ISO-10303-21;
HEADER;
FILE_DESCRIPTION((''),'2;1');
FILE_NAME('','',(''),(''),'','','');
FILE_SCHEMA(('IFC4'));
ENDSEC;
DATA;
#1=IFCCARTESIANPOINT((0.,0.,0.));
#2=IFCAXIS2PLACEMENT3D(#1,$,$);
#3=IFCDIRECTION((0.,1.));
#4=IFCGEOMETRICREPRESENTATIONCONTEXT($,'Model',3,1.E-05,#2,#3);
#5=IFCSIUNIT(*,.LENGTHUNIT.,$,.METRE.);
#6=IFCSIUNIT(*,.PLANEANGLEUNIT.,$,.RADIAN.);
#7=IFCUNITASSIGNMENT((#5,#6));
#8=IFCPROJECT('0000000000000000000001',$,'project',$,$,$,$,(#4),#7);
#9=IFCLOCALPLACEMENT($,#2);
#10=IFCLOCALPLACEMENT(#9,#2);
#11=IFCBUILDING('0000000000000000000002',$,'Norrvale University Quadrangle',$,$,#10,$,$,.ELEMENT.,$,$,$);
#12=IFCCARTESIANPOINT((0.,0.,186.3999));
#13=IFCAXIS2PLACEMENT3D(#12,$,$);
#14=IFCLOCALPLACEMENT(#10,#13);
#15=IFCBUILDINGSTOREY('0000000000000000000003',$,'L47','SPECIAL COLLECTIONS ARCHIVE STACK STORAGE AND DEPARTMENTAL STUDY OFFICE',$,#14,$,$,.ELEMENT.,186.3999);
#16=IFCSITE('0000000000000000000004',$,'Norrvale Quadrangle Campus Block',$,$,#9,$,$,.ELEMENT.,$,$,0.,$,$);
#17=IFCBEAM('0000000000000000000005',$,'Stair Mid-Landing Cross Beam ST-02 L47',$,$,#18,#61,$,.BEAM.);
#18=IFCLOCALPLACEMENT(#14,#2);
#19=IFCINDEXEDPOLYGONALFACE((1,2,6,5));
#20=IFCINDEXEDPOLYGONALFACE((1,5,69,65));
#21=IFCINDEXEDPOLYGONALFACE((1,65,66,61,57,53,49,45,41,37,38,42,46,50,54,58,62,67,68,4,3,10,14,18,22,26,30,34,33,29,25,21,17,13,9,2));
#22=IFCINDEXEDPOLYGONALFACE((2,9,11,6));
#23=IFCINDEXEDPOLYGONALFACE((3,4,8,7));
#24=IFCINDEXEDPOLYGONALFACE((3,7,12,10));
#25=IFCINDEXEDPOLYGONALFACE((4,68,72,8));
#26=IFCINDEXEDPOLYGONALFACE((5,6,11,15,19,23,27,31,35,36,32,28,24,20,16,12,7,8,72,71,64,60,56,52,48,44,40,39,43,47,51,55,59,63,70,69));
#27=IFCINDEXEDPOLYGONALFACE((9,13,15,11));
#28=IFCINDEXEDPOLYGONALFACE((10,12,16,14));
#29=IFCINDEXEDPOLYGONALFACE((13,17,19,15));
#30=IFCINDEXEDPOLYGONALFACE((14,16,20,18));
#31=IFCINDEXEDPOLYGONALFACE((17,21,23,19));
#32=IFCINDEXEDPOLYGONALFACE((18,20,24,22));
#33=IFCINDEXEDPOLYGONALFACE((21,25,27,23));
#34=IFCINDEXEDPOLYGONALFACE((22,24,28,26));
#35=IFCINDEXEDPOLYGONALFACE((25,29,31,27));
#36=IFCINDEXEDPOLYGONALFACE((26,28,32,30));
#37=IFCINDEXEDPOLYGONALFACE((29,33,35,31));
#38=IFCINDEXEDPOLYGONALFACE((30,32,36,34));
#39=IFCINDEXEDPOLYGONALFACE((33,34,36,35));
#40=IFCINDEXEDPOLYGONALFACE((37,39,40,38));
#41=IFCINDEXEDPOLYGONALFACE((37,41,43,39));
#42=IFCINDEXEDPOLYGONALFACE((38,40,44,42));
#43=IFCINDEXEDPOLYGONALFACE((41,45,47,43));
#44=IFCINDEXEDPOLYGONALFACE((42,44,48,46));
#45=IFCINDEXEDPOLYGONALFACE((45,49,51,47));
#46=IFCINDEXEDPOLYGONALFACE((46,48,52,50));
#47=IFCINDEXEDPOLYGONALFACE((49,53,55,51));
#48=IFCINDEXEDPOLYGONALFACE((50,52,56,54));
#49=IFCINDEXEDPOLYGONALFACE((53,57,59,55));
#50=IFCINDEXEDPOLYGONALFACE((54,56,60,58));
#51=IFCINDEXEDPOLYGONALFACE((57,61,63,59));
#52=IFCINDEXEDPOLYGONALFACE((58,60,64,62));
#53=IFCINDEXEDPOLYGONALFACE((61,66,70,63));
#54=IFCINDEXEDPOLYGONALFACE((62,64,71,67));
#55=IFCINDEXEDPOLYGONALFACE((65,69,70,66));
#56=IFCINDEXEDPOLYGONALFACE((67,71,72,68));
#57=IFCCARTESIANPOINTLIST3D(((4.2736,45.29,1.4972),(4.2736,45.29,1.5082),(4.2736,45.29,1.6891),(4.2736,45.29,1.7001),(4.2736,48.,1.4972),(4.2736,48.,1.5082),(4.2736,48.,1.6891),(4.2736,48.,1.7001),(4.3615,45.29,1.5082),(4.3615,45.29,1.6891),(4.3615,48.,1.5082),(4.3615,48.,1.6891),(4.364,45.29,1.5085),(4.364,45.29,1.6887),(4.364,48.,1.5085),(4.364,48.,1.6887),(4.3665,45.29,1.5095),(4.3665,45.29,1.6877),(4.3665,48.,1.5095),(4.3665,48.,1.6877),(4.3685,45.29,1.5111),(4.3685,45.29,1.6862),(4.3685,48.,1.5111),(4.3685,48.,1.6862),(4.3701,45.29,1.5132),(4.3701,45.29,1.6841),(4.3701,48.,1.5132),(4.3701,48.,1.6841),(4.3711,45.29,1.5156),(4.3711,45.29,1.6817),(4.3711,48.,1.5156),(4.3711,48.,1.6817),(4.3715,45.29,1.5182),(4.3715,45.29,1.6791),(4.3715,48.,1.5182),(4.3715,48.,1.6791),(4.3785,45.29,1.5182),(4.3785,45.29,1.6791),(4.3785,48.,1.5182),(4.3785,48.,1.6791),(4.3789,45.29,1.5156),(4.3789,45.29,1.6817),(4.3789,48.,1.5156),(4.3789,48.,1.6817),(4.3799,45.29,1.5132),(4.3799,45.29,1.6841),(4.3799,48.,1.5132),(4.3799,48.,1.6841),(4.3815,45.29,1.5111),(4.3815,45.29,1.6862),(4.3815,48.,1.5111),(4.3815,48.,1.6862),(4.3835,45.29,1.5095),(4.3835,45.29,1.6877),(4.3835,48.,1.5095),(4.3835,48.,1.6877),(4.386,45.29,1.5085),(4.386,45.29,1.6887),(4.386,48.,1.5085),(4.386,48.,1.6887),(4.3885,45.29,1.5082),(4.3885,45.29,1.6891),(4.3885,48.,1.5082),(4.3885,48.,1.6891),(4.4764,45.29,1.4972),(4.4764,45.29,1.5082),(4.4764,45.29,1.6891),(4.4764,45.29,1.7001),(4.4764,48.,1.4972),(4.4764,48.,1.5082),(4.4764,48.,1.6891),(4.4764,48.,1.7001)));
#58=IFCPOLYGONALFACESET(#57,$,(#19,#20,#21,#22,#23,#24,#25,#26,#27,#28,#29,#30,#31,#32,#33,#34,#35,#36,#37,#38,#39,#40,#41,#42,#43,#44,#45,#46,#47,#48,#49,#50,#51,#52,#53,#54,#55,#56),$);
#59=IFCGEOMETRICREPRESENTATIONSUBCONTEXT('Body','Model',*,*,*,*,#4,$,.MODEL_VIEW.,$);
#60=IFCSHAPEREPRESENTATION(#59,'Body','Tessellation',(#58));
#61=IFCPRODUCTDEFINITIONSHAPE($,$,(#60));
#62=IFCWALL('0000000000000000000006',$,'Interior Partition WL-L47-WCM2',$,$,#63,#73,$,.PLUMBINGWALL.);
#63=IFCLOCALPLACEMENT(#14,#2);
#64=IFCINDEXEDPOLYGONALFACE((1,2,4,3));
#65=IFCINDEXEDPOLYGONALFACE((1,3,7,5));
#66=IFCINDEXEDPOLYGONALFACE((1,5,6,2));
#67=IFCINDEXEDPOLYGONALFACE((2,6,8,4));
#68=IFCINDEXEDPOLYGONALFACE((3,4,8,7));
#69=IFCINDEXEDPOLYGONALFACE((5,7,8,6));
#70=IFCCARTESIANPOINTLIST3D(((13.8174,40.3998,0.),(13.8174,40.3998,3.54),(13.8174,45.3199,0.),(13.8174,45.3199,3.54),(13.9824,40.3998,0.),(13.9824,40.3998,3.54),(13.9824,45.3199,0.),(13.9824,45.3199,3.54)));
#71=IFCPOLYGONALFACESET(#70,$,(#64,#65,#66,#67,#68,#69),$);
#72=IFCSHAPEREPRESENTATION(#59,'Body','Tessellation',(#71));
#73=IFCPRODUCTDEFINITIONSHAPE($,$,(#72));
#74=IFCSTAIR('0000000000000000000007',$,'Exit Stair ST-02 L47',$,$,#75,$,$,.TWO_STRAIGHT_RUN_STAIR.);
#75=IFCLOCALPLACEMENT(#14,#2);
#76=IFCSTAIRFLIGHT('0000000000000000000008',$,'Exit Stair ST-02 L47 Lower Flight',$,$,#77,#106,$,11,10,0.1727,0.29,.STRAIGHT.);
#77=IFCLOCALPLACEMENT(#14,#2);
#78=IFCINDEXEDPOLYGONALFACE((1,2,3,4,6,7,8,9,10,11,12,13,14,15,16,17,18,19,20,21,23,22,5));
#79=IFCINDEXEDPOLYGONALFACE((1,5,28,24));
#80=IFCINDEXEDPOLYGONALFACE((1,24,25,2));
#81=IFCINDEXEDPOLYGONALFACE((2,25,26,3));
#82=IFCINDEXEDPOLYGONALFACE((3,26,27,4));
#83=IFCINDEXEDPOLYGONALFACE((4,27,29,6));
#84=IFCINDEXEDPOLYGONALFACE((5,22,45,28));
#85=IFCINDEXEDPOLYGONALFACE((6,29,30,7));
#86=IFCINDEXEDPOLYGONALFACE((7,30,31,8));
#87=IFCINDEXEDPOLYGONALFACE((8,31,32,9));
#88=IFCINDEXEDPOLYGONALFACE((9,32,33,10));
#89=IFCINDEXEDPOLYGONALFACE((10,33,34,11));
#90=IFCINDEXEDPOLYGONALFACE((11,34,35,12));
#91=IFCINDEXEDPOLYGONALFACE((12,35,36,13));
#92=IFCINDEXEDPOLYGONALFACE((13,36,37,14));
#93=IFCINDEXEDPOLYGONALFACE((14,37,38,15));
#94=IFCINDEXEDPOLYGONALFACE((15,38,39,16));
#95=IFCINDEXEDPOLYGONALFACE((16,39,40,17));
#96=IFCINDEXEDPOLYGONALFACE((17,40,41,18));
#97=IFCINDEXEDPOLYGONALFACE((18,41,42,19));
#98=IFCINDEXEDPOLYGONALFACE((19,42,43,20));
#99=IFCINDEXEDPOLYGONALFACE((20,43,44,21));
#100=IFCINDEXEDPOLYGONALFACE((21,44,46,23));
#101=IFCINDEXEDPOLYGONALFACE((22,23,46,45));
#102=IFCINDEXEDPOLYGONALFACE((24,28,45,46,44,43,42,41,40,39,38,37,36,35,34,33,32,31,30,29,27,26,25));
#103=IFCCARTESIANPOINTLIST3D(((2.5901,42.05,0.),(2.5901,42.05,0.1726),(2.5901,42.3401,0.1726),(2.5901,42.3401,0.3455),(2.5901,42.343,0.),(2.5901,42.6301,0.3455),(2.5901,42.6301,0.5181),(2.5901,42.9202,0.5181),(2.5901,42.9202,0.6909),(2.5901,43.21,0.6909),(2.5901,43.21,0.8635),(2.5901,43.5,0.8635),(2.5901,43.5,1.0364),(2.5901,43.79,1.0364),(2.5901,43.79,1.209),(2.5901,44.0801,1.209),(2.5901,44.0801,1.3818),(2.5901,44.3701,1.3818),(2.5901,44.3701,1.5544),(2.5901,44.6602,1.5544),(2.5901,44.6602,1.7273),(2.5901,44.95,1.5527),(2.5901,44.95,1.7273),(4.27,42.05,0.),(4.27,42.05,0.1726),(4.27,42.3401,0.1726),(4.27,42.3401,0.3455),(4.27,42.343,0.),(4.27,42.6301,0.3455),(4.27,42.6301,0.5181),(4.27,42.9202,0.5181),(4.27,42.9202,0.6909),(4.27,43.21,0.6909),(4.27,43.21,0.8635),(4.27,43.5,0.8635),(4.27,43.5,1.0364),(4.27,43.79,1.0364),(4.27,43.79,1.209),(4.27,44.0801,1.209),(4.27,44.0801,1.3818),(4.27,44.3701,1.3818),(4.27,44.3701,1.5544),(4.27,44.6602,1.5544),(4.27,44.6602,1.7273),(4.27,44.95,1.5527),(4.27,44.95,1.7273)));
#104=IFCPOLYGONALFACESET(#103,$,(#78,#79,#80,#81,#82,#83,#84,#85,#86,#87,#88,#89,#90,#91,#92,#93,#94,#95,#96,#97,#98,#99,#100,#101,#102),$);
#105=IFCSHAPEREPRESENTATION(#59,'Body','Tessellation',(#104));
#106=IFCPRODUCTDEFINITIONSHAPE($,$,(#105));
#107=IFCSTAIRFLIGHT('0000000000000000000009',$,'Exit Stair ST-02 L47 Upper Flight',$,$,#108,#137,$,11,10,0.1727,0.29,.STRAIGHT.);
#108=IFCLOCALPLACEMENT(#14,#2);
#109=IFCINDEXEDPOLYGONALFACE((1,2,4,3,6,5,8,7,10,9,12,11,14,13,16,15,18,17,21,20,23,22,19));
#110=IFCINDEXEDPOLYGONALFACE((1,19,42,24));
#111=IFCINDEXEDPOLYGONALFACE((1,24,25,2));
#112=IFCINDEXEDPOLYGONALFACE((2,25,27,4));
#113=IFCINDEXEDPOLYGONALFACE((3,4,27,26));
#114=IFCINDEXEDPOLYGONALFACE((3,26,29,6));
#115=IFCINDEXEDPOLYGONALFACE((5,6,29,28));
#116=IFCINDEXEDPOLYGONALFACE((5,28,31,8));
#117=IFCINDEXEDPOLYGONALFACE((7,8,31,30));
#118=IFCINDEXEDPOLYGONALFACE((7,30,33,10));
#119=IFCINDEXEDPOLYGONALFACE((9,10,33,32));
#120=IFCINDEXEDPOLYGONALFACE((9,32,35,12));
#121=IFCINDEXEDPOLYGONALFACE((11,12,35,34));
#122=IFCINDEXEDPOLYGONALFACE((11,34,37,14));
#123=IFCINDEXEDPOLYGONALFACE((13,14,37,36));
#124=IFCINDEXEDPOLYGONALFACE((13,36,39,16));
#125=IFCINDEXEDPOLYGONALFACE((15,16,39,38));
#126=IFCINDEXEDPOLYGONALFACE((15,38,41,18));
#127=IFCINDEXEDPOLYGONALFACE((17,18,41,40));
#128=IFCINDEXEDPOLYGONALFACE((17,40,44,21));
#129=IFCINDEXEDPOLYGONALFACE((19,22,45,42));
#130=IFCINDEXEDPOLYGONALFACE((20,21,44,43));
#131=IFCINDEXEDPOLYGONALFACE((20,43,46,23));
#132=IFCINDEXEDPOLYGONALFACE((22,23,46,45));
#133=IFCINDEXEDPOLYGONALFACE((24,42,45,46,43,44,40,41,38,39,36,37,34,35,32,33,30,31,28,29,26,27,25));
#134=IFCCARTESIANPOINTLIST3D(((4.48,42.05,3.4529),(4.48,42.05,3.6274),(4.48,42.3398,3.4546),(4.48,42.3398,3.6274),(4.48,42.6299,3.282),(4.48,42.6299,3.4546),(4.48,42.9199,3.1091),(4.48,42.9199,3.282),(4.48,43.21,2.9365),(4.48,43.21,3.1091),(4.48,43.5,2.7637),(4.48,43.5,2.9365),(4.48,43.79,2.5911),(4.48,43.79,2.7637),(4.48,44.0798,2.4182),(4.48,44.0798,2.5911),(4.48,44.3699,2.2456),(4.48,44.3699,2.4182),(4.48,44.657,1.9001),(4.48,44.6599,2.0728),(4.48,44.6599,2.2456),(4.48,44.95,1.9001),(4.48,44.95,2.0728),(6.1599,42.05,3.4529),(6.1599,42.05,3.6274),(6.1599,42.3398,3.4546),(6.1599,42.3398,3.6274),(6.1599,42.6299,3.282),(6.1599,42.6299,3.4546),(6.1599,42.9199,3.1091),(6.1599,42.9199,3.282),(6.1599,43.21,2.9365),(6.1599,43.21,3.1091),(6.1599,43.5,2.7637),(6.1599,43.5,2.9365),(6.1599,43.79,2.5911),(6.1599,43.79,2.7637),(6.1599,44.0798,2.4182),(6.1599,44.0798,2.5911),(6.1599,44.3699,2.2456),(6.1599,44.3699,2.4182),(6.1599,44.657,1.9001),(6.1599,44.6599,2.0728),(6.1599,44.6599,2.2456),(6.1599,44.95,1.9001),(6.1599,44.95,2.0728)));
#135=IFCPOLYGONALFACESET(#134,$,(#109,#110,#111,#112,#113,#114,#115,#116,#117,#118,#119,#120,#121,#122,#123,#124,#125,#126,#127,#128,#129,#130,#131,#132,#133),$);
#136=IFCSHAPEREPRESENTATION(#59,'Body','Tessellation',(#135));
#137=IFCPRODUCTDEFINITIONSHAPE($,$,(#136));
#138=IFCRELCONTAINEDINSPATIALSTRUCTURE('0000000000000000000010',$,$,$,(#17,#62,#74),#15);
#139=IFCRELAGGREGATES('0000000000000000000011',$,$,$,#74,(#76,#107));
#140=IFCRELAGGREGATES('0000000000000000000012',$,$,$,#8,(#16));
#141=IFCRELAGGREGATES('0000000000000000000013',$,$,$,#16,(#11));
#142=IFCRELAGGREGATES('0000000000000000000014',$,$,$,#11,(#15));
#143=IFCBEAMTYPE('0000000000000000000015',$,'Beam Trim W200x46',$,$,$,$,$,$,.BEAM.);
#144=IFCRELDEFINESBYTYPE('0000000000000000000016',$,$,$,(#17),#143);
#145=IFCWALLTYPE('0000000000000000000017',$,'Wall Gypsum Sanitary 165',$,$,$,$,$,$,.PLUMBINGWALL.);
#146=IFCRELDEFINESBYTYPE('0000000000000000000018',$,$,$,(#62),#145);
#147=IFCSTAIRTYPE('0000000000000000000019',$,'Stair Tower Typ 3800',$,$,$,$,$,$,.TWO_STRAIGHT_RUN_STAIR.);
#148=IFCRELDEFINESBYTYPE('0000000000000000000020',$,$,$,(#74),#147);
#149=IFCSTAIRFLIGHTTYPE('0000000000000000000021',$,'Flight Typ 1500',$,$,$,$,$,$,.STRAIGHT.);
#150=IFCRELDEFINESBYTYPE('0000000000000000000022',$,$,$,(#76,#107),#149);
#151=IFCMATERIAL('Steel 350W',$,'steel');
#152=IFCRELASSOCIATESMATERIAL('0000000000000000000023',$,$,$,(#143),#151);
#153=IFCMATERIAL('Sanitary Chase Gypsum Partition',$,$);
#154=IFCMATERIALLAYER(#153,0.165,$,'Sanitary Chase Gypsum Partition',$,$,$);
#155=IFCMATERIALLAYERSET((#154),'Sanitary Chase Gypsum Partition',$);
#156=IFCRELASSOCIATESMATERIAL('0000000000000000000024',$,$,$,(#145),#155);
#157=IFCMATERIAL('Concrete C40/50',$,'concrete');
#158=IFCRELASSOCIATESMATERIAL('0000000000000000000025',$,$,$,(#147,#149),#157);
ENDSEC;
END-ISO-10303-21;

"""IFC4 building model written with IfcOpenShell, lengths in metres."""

from ifc_helpers import new_model, si_unit, direction, frame, frame_2d, origin, origin_2d, place, context, subcontext, project, spatial, polyline, rectangle, i_section, outline, extrude, material, layer, layer_set, material_profile, profile_set, type_object, element, aggregate, save


model = new_model("IFC4")

# Units and contexts
model_context = context("Model", 3, precision=1e-05, world=origin(), true_north=direction((0.0, 1.0)))
body_context = subcontext(model_context, "Body", "Model", "MODEL_VIEW")
ifc_project = project(units=[si_unit("LENGTHUNIT", "METRE"), si_unit("PLANEANGLEUNIT", "RADIAN")], contexts=[model_context])

# Site, building, storey
site_placement = place(None, origin())
site = spatial("IfcSite", under=ifc_project, at=site_placement, Name="Norrvale Quadrangle Campus Block", CompositionType="ELEMENT", RefElevation=0.0)
building_placement = place(site_placement, origin())
building = spatial("IfcBuilding", under=site, at=building_placement, Name="Norrvale University Quadrangle", CompositionType="ELEMENT")
storey_placement = place(building_placement, frame((0.0, 0.0, 186.3999)))
storey = spatial("IfcBuildingStorey", under=building, at=storey_placement, Name="L47", Description="SPECIAL COLLECTIONS ARCHIVE STACK STORAGE AND DEPARTMENTAL STUDY OFFICE", CompositionType="ELEMENT", Elevation=186.3999)

# Beam
ifc_material_1 = material(Name="Steel 350W", Category="steel")
ifc_material_profile_1 = material_profile(ifc_material_1, i_section(OverallWidth=0.2029, OverallDepth=0.2029, WebThickness=0.0071, FlangeThickness=0.011, FilletRadius=0.01, at=origin_2d()), Name="Steel 350W")
ifc_profile_set_1 = profile_set([ifc_material_profile_1], Name="Steel 350W")
beam_type_1 = type_object("IfcBeamType", Name="Beam Trim W200x46", PredefinedType="BEAM", material=ifc_profile_set_1)
beam_1_placement = place(storey_placement, frame((4.375, 45.29, 1.5986), z_axis=(0.0, 1.0, 0.0), x_axis=(-1.0, 0.0, 0.0)))
element("IfcBeam", 1, at=beam_1_placement, inside=storey, type_object=beam_type_1, Name="Stair Mid-Landing Cross Beam ST-02 L47", PredefinedType="BEAM", context=body_context, shape_type="SweptSolid", body=[
    extrude(i_section(OverallWidth=0.2029, OverallDepth=0.2029, WebThickness=0.0071, FlangeThickness=0.011, FilletRadius=0.01, at=origin_2d()), origin(), (0.0, 0.0, 1.0), 2.71),
])

# Shared definitions
ifc_material_2 = material(Name="Sanitary Chase Gypsum Partition")
ifc_layer = layer(ifc_material_2, 0.165, Name="Sanitary Chase Gypsum Partition")
ifc_layer_set = layer_set([ifc_layer], Name="Sanitary Chase Gypsum Partition")
wall_type = type_object("IfcWallType", Name="Wall Gypsum Sanitary 165", PredefinedType="PLUMBINGWALL", material=ifc_layer_set)

# Wall
wall_1_placement = place(storey_placement, frame((13.8999, 40.3999, 0.0), z_axis=(0.0, 0.0, 1.0), x_axis=(0.0, 1.0, 0.0)))
element("IfcWall", 2, at=wall_1_placement, inside=storey, type_object=wall_type, Name="Interior Partition WL-L47-WCM2", PredefinedType="PLUMBINGWALL", context=body_context, shape_type="SweptSolid", body=[
    extrude(rectangle(XDim=4.9202, YDim=0.165, at=frame_2d((2.46, 0.0))), origin(), (0.0, 0.0, 1.0), 3.54),
])

# Stair, stair flights
ifc_material_3 = material(Name="Concrete C40/50", Category="concrete")
stair_type = type_object("IfcStairType", Name="Stair Tower Typ 3800", PredefinedType="TWO_STRAIGHT_RUN_STAIR", material=ifc_material_3)
stair_placement = place(storey_placement, origin())
stair = element("IfcStair", 3, at=stair_placement, inside=storey, type_object=stair_type, Name="Exit Stair ST-02 L47", PredefinedType="TWO_STRAIGHT_RUN_STAIR")
stair_flight_type = type_object("IfcStairFlightType", Name="Flight Typ 1500", PredefinedType="STRAIGHT", material=ifc_material_3)
stair_flight_1_placement = place(storey_placement, frame((3.4299, 42.05, 0.0), z_axis=(0.0, 0.0, 1.0), x_axis=(0.0, 1.0, 0.0)))
stair_flight_1 = element("IfcStairFlight", 4, at=stair_flight_1_placement, type_object=stair_flight_type, Name="Exit Stair ST-02 L47 Lower Flight", NumberOfRisers=11, NumberOfTreads=10, PredefinedType="STRAIGHT", RiserHeight=0.1727, TreadLength=0.29, context=body_context, shape_type="SweptSolid", body=[
    extrude(outline(polyline([(0.0, 0.0), (0.0, 0.1726), (0.29, 0.1726), (0.29, 0.3455), (0.5801, 0.3455), (0.5801, 0.5181), (0.8701, 0.5181), (0.8701, 0.6909), (1.1599, 0.6909), (1.1599, 0.8635), (1.45, 0.8635), (1.45, 1.0364), (1.74, 1.0364), (1.74, 1.209), (2.03, 1.209), (2.03, 1.3818), (2.3201, 1.3818), (2.3201, 1.5544), (2.6101, 1.5544), (2.6101, 1.7273), (2.8999, 1.7273), (2.8999, 1.8999), (2.8999, 1.5527), (0.293, 0.0), (0.0, 0.0)])), frame((0.0, 0.8398, 0.0), z_axis=(0.0, -1.0, 0.0), x_axis=(1.0, 0.0, 0.0)), (0.0, 0.0, 1.0), 1.6799),
])
stair_flight_2_placement = place(storey_placement, frame((5.3201, 44.95, 1.9001), z_axis=(0.0, 0.0, 1.0), x_axis=(0.0, -1.0, 0.0)))
stair_flight_2 = element("IfcStairFlight", 5, at=stair_flight_2_placement, type_object=stair_flight_type, Name="Exit Stair ST-02 L47 Upper Flight", NumberOfRisers=11, NumberOfTreads=10, PredefinedType="STRAIGHT", RiserHeight=0.1727, TreadLength=0.29, context=body_context, shape_type="SweptSolid", body=[
    extrude(outline(polyline([(0.0, 0.0), (0.0, 0.1726), (0.29, 0.1726), (0.29, 0.3455), (0.5801, 0.3455), (0.5801, 0.5181), (0.8701, 0.5181), (0.8701, 0.6909), (1.1599, 0.6909), (1.1599, 0.8635), (1.45, 0.8635), (1.45, 1.0364), (1.74, 1.0364), (1.74, 1.209), (2.03, 1.209), (2.03, 1.3818), (2.3201, 1.3818), (2.3201, 1.5544), (2.6101, 1.5544), (2.6101, 1.7273), (2.8999, 1.7273), (2.8999, 1.8999), (2.8999, 1.5527), (0.293, 0.0), (0.0, 0.0)])), frame((0.0, 0.8398, 0.0), z_axis=(0.0, -1.0, 0.0), x_axis=(1.0, 0.0, 0.0)), (0.0, 0.0, 1.0), 1.6799),
])
aggregate(stair, [stair_flight_1, stair_flight_2])

save(model, "model.ifc")
